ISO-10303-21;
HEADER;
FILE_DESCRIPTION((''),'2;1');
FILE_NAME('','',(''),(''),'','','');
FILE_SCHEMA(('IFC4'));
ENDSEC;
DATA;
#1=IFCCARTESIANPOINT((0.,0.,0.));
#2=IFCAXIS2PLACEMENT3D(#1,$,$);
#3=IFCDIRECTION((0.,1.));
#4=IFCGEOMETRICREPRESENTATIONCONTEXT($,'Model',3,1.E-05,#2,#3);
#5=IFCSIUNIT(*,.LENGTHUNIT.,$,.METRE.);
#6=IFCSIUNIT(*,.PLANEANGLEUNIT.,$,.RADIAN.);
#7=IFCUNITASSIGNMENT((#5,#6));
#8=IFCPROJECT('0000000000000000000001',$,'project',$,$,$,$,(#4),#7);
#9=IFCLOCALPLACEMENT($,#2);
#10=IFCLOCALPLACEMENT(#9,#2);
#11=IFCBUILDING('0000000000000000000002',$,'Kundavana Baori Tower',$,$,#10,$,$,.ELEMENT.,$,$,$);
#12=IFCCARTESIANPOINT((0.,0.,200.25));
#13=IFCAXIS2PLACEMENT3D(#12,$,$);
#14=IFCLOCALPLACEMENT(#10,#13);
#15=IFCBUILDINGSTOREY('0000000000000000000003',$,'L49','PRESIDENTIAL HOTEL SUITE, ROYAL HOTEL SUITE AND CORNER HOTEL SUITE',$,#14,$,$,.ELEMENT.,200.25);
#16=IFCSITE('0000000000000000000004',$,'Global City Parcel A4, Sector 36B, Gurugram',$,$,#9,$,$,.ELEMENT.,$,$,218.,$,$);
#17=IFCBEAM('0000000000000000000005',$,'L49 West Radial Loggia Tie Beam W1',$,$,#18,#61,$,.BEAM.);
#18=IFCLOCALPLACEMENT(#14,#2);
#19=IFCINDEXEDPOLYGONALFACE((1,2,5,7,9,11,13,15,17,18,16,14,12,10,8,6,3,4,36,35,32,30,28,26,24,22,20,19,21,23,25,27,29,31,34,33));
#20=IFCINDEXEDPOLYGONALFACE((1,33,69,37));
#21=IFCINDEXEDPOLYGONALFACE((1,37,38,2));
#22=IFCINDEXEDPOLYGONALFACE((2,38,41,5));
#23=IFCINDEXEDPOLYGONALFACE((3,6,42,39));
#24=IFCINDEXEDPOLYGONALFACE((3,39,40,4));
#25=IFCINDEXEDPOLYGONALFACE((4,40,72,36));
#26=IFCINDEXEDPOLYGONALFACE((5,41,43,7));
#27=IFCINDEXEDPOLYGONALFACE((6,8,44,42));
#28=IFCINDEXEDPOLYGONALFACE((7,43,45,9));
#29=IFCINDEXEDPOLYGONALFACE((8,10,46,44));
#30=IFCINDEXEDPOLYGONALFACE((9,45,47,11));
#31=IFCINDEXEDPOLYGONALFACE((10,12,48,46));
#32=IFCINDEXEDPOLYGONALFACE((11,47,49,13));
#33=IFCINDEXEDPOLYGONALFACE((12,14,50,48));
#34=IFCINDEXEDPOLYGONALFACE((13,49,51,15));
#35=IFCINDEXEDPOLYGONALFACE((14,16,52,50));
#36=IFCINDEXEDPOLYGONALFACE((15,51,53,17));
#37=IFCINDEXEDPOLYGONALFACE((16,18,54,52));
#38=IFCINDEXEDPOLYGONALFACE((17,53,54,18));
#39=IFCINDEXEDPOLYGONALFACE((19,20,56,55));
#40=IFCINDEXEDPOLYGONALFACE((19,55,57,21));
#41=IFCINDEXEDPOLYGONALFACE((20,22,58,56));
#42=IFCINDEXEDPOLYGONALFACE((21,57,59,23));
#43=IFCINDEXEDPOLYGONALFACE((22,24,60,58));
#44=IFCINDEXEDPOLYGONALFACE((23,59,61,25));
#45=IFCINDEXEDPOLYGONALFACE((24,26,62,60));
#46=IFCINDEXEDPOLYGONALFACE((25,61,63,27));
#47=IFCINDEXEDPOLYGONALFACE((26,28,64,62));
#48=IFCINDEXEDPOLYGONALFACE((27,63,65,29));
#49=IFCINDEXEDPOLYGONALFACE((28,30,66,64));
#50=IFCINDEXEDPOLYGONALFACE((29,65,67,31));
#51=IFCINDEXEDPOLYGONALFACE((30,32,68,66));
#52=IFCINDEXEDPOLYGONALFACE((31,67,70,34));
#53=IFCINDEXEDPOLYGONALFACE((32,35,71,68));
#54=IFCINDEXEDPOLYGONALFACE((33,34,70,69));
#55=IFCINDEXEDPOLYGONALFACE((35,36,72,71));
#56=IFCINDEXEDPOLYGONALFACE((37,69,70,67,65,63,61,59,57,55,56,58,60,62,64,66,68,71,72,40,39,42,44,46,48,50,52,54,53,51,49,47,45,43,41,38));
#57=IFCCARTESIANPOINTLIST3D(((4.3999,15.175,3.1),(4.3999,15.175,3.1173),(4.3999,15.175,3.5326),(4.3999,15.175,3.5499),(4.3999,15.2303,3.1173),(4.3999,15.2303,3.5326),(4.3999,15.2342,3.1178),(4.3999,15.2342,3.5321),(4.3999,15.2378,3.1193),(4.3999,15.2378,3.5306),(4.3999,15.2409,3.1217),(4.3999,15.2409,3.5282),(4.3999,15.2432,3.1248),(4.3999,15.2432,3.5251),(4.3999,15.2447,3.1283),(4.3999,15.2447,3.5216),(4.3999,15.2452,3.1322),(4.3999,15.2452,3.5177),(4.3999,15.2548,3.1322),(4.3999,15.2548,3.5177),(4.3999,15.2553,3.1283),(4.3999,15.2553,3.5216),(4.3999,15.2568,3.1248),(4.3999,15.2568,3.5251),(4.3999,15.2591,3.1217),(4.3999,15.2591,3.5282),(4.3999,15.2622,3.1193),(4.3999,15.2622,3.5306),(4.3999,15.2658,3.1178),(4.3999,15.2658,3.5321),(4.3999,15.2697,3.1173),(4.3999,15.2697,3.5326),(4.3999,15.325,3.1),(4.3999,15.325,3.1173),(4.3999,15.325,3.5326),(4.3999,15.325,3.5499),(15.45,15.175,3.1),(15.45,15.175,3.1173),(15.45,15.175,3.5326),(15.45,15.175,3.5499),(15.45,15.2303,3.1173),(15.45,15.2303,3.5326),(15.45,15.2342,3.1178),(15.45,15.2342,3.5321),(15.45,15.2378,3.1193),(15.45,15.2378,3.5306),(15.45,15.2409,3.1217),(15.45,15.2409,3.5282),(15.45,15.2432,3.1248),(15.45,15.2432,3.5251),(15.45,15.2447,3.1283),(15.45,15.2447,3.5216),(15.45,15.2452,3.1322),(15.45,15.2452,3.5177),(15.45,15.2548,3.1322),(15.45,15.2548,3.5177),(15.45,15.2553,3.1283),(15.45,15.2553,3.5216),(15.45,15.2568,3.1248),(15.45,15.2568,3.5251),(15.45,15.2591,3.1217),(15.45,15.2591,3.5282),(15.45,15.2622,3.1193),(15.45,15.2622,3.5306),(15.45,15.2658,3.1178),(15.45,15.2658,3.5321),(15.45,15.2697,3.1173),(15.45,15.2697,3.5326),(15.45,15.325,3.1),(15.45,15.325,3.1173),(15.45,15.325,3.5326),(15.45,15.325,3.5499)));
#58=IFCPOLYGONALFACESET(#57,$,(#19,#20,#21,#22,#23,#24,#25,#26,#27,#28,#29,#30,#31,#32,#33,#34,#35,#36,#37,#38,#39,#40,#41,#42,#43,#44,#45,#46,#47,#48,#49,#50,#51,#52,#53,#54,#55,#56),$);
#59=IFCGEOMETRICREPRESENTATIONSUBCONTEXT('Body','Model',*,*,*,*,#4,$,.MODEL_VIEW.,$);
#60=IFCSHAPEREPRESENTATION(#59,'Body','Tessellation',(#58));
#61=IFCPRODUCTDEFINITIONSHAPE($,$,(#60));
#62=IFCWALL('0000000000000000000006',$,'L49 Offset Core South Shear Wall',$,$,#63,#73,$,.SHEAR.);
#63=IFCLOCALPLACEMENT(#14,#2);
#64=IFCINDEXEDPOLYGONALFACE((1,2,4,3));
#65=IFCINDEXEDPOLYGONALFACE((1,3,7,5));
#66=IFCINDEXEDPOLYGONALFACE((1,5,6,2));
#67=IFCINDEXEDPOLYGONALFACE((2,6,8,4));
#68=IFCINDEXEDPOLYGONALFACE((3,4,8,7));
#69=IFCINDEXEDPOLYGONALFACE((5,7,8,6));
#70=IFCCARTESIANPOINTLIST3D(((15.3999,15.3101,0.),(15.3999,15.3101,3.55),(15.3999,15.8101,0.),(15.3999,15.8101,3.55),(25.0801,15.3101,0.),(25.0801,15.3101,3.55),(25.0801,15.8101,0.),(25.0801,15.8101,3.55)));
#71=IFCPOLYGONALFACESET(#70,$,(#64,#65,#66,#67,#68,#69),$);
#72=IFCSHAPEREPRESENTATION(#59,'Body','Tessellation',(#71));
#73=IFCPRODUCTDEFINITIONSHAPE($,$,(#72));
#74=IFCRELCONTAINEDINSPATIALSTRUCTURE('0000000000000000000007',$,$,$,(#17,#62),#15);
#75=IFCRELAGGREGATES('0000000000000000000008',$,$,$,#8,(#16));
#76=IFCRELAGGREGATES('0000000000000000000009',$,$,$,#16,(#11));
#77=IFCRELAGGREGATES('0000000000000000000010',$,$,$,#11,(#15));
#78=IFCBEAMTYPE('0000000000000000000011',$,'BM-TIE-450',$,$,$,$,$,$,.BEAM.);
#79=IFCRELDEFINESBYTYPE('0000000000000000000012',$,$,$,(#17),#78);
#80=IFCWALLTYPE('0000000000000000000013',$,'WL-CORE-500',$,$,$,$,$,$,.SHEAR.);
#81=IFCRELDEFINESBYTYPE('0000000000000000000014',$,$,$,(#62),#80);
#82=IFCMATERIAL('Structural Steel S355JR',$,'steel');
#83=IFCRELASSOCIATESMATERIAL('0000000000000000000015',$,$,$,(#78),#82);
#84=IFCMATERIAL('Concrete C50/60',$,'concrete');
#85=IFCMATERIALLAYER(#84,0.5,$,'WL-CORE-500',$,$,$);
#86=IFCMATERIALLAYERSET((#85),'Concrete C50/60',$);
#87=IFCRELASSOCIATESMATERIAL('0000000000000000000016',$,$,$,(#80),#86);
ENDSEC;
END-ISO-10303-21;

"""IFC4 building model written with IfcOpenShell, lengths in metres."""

from ifc_helpers import new_model, si_unit, direction, frame, frame_2d, origin, origin_2d, place, context, subcontext, project, spatial, rectangle, i_section, extrude, material, layer, layer_set, material_profile, profile_set, type_object, element, save


model = new_model("IFC4")

# Units and contexts
model_context = context("Model", 3, precision=1e-05, world=origin(), true_north=direction((0.0, 1.0)))
body_context = subcontext(model_context, "Body", "Model", "MODEL_VIEW")
ifc_project = project(units=[si_unit("LENGTHUNIT", "METRE"), si_unit("PLANEANGLEUNIT", "RADIAN")], contexts=[model_context])

# Site, building, storey
site_placement = place(None, origin())
site = spatial("IfcSite", under=ifc_project, at=site_placement, Name="Global City Parcel A4, Sector 36B, Gurugram", CompositionType="ELEMENT", RefElevation=218.0)
building_placement = place(site_placement, origin())
building = spatial("IfcBuilding", under=site, at=building_placement, Name="Kundavana Baori Tower", CompositionType="ELEMENT")
storey_placement = place(building_placement, frame((0.0, 0.0, 200.25)))
storey = spatial("IfcBuildingStorey", under=building, at=storey_placement, Name="L49", Description="PRESIDENTIAL HOTEL SUITE, ROYAL HOTEL SUITE AND CORNER HOTEL SUITE", CompositionType="ELEMENT", Elevation=200.25)

# Beam
ifc_material_1 = material(Name="Structural Steel S355JR", Category="steel")
ifc_material_profile_1 = material_profile(ifc_material_1, i_section(OverallWidth=0.1499, OverallDepth=0.45, WebThickness=0.0095, FlangeThickness=0.0173, FilletRadius=0.0149, at=origin_2d()), Name="ISMB 450")
ifc_profile_set_1 = profile_set([ifc_material_profile_1], Name="Structural Steel S355JR")
beam_type_1 = type_object("IfcBeamType", Name="BM-TIE-450", PredefinedType="BEAM", material=ifc_profile_set_1)
for number, where, z_axis, x_axis, name in (
    (1, (15.45, 15.25, 3.325), (-1.0, 0.0, 0.0), (0.0, -1.0, 0.0), "L49 West Radial Loggia Tie Beam W1"),
):
    element("IfcBeam", number, at=place(storey_placement, frame(where, z_axis=z_axis, x_axis=x_axis)), inside=storey, type_object=beam_type_1, Name=name, PredefinedType="BEAM", context=body_context, shape_type="SweptSolid", body=[
        extrude(i_section(OverallWidth=0.1499, OverallDepth=0.45, WebThickness=0.0095, FlangeThickness=0.0173, FilletRadius=0.0149, at=origin_2d()), origin(), (0.0, 0.0, 1.0), 11.05),
    ])

# Wall
ifc_material_2 = material(Name="Concrete C50/60", Category="concrete")
ifc_layer_1 = layer(ifc_material_2, 0.5, Name="WL-CORE-500")
ifc_layer_set_1 = layer_set([ifc_layer_1], Name="Concrete C50/60")
wall_type_1 = type_object("IfcWallType", Name="WL-CORE-500", PredefinedType="SHEAR", material=ifc_layer_set_1)
wall_1_placement = place(storey_placement, frame((15.3999, 15.5601, 0.0), z_axis=(0.0, 0.0, 1.0), x_axis=(1.0, 0.0, 0.0)))
element("IfcWall", 2, at=wall_1_placement, inside=storey, type_object=wall_type_1, Name="L49 Offset Core South Shear Wall", PredefinedType="SHEAR", context=body_context, shape_type="SweptSolid", body=[
    extrude(rectangle(XDim=9.6802, YDim=0.5, at=frame_2d((4.8401, 0.0))), origin(), (0.0, 0.0, 1.0), 3.55),
])

save(model, "model.ifc")
